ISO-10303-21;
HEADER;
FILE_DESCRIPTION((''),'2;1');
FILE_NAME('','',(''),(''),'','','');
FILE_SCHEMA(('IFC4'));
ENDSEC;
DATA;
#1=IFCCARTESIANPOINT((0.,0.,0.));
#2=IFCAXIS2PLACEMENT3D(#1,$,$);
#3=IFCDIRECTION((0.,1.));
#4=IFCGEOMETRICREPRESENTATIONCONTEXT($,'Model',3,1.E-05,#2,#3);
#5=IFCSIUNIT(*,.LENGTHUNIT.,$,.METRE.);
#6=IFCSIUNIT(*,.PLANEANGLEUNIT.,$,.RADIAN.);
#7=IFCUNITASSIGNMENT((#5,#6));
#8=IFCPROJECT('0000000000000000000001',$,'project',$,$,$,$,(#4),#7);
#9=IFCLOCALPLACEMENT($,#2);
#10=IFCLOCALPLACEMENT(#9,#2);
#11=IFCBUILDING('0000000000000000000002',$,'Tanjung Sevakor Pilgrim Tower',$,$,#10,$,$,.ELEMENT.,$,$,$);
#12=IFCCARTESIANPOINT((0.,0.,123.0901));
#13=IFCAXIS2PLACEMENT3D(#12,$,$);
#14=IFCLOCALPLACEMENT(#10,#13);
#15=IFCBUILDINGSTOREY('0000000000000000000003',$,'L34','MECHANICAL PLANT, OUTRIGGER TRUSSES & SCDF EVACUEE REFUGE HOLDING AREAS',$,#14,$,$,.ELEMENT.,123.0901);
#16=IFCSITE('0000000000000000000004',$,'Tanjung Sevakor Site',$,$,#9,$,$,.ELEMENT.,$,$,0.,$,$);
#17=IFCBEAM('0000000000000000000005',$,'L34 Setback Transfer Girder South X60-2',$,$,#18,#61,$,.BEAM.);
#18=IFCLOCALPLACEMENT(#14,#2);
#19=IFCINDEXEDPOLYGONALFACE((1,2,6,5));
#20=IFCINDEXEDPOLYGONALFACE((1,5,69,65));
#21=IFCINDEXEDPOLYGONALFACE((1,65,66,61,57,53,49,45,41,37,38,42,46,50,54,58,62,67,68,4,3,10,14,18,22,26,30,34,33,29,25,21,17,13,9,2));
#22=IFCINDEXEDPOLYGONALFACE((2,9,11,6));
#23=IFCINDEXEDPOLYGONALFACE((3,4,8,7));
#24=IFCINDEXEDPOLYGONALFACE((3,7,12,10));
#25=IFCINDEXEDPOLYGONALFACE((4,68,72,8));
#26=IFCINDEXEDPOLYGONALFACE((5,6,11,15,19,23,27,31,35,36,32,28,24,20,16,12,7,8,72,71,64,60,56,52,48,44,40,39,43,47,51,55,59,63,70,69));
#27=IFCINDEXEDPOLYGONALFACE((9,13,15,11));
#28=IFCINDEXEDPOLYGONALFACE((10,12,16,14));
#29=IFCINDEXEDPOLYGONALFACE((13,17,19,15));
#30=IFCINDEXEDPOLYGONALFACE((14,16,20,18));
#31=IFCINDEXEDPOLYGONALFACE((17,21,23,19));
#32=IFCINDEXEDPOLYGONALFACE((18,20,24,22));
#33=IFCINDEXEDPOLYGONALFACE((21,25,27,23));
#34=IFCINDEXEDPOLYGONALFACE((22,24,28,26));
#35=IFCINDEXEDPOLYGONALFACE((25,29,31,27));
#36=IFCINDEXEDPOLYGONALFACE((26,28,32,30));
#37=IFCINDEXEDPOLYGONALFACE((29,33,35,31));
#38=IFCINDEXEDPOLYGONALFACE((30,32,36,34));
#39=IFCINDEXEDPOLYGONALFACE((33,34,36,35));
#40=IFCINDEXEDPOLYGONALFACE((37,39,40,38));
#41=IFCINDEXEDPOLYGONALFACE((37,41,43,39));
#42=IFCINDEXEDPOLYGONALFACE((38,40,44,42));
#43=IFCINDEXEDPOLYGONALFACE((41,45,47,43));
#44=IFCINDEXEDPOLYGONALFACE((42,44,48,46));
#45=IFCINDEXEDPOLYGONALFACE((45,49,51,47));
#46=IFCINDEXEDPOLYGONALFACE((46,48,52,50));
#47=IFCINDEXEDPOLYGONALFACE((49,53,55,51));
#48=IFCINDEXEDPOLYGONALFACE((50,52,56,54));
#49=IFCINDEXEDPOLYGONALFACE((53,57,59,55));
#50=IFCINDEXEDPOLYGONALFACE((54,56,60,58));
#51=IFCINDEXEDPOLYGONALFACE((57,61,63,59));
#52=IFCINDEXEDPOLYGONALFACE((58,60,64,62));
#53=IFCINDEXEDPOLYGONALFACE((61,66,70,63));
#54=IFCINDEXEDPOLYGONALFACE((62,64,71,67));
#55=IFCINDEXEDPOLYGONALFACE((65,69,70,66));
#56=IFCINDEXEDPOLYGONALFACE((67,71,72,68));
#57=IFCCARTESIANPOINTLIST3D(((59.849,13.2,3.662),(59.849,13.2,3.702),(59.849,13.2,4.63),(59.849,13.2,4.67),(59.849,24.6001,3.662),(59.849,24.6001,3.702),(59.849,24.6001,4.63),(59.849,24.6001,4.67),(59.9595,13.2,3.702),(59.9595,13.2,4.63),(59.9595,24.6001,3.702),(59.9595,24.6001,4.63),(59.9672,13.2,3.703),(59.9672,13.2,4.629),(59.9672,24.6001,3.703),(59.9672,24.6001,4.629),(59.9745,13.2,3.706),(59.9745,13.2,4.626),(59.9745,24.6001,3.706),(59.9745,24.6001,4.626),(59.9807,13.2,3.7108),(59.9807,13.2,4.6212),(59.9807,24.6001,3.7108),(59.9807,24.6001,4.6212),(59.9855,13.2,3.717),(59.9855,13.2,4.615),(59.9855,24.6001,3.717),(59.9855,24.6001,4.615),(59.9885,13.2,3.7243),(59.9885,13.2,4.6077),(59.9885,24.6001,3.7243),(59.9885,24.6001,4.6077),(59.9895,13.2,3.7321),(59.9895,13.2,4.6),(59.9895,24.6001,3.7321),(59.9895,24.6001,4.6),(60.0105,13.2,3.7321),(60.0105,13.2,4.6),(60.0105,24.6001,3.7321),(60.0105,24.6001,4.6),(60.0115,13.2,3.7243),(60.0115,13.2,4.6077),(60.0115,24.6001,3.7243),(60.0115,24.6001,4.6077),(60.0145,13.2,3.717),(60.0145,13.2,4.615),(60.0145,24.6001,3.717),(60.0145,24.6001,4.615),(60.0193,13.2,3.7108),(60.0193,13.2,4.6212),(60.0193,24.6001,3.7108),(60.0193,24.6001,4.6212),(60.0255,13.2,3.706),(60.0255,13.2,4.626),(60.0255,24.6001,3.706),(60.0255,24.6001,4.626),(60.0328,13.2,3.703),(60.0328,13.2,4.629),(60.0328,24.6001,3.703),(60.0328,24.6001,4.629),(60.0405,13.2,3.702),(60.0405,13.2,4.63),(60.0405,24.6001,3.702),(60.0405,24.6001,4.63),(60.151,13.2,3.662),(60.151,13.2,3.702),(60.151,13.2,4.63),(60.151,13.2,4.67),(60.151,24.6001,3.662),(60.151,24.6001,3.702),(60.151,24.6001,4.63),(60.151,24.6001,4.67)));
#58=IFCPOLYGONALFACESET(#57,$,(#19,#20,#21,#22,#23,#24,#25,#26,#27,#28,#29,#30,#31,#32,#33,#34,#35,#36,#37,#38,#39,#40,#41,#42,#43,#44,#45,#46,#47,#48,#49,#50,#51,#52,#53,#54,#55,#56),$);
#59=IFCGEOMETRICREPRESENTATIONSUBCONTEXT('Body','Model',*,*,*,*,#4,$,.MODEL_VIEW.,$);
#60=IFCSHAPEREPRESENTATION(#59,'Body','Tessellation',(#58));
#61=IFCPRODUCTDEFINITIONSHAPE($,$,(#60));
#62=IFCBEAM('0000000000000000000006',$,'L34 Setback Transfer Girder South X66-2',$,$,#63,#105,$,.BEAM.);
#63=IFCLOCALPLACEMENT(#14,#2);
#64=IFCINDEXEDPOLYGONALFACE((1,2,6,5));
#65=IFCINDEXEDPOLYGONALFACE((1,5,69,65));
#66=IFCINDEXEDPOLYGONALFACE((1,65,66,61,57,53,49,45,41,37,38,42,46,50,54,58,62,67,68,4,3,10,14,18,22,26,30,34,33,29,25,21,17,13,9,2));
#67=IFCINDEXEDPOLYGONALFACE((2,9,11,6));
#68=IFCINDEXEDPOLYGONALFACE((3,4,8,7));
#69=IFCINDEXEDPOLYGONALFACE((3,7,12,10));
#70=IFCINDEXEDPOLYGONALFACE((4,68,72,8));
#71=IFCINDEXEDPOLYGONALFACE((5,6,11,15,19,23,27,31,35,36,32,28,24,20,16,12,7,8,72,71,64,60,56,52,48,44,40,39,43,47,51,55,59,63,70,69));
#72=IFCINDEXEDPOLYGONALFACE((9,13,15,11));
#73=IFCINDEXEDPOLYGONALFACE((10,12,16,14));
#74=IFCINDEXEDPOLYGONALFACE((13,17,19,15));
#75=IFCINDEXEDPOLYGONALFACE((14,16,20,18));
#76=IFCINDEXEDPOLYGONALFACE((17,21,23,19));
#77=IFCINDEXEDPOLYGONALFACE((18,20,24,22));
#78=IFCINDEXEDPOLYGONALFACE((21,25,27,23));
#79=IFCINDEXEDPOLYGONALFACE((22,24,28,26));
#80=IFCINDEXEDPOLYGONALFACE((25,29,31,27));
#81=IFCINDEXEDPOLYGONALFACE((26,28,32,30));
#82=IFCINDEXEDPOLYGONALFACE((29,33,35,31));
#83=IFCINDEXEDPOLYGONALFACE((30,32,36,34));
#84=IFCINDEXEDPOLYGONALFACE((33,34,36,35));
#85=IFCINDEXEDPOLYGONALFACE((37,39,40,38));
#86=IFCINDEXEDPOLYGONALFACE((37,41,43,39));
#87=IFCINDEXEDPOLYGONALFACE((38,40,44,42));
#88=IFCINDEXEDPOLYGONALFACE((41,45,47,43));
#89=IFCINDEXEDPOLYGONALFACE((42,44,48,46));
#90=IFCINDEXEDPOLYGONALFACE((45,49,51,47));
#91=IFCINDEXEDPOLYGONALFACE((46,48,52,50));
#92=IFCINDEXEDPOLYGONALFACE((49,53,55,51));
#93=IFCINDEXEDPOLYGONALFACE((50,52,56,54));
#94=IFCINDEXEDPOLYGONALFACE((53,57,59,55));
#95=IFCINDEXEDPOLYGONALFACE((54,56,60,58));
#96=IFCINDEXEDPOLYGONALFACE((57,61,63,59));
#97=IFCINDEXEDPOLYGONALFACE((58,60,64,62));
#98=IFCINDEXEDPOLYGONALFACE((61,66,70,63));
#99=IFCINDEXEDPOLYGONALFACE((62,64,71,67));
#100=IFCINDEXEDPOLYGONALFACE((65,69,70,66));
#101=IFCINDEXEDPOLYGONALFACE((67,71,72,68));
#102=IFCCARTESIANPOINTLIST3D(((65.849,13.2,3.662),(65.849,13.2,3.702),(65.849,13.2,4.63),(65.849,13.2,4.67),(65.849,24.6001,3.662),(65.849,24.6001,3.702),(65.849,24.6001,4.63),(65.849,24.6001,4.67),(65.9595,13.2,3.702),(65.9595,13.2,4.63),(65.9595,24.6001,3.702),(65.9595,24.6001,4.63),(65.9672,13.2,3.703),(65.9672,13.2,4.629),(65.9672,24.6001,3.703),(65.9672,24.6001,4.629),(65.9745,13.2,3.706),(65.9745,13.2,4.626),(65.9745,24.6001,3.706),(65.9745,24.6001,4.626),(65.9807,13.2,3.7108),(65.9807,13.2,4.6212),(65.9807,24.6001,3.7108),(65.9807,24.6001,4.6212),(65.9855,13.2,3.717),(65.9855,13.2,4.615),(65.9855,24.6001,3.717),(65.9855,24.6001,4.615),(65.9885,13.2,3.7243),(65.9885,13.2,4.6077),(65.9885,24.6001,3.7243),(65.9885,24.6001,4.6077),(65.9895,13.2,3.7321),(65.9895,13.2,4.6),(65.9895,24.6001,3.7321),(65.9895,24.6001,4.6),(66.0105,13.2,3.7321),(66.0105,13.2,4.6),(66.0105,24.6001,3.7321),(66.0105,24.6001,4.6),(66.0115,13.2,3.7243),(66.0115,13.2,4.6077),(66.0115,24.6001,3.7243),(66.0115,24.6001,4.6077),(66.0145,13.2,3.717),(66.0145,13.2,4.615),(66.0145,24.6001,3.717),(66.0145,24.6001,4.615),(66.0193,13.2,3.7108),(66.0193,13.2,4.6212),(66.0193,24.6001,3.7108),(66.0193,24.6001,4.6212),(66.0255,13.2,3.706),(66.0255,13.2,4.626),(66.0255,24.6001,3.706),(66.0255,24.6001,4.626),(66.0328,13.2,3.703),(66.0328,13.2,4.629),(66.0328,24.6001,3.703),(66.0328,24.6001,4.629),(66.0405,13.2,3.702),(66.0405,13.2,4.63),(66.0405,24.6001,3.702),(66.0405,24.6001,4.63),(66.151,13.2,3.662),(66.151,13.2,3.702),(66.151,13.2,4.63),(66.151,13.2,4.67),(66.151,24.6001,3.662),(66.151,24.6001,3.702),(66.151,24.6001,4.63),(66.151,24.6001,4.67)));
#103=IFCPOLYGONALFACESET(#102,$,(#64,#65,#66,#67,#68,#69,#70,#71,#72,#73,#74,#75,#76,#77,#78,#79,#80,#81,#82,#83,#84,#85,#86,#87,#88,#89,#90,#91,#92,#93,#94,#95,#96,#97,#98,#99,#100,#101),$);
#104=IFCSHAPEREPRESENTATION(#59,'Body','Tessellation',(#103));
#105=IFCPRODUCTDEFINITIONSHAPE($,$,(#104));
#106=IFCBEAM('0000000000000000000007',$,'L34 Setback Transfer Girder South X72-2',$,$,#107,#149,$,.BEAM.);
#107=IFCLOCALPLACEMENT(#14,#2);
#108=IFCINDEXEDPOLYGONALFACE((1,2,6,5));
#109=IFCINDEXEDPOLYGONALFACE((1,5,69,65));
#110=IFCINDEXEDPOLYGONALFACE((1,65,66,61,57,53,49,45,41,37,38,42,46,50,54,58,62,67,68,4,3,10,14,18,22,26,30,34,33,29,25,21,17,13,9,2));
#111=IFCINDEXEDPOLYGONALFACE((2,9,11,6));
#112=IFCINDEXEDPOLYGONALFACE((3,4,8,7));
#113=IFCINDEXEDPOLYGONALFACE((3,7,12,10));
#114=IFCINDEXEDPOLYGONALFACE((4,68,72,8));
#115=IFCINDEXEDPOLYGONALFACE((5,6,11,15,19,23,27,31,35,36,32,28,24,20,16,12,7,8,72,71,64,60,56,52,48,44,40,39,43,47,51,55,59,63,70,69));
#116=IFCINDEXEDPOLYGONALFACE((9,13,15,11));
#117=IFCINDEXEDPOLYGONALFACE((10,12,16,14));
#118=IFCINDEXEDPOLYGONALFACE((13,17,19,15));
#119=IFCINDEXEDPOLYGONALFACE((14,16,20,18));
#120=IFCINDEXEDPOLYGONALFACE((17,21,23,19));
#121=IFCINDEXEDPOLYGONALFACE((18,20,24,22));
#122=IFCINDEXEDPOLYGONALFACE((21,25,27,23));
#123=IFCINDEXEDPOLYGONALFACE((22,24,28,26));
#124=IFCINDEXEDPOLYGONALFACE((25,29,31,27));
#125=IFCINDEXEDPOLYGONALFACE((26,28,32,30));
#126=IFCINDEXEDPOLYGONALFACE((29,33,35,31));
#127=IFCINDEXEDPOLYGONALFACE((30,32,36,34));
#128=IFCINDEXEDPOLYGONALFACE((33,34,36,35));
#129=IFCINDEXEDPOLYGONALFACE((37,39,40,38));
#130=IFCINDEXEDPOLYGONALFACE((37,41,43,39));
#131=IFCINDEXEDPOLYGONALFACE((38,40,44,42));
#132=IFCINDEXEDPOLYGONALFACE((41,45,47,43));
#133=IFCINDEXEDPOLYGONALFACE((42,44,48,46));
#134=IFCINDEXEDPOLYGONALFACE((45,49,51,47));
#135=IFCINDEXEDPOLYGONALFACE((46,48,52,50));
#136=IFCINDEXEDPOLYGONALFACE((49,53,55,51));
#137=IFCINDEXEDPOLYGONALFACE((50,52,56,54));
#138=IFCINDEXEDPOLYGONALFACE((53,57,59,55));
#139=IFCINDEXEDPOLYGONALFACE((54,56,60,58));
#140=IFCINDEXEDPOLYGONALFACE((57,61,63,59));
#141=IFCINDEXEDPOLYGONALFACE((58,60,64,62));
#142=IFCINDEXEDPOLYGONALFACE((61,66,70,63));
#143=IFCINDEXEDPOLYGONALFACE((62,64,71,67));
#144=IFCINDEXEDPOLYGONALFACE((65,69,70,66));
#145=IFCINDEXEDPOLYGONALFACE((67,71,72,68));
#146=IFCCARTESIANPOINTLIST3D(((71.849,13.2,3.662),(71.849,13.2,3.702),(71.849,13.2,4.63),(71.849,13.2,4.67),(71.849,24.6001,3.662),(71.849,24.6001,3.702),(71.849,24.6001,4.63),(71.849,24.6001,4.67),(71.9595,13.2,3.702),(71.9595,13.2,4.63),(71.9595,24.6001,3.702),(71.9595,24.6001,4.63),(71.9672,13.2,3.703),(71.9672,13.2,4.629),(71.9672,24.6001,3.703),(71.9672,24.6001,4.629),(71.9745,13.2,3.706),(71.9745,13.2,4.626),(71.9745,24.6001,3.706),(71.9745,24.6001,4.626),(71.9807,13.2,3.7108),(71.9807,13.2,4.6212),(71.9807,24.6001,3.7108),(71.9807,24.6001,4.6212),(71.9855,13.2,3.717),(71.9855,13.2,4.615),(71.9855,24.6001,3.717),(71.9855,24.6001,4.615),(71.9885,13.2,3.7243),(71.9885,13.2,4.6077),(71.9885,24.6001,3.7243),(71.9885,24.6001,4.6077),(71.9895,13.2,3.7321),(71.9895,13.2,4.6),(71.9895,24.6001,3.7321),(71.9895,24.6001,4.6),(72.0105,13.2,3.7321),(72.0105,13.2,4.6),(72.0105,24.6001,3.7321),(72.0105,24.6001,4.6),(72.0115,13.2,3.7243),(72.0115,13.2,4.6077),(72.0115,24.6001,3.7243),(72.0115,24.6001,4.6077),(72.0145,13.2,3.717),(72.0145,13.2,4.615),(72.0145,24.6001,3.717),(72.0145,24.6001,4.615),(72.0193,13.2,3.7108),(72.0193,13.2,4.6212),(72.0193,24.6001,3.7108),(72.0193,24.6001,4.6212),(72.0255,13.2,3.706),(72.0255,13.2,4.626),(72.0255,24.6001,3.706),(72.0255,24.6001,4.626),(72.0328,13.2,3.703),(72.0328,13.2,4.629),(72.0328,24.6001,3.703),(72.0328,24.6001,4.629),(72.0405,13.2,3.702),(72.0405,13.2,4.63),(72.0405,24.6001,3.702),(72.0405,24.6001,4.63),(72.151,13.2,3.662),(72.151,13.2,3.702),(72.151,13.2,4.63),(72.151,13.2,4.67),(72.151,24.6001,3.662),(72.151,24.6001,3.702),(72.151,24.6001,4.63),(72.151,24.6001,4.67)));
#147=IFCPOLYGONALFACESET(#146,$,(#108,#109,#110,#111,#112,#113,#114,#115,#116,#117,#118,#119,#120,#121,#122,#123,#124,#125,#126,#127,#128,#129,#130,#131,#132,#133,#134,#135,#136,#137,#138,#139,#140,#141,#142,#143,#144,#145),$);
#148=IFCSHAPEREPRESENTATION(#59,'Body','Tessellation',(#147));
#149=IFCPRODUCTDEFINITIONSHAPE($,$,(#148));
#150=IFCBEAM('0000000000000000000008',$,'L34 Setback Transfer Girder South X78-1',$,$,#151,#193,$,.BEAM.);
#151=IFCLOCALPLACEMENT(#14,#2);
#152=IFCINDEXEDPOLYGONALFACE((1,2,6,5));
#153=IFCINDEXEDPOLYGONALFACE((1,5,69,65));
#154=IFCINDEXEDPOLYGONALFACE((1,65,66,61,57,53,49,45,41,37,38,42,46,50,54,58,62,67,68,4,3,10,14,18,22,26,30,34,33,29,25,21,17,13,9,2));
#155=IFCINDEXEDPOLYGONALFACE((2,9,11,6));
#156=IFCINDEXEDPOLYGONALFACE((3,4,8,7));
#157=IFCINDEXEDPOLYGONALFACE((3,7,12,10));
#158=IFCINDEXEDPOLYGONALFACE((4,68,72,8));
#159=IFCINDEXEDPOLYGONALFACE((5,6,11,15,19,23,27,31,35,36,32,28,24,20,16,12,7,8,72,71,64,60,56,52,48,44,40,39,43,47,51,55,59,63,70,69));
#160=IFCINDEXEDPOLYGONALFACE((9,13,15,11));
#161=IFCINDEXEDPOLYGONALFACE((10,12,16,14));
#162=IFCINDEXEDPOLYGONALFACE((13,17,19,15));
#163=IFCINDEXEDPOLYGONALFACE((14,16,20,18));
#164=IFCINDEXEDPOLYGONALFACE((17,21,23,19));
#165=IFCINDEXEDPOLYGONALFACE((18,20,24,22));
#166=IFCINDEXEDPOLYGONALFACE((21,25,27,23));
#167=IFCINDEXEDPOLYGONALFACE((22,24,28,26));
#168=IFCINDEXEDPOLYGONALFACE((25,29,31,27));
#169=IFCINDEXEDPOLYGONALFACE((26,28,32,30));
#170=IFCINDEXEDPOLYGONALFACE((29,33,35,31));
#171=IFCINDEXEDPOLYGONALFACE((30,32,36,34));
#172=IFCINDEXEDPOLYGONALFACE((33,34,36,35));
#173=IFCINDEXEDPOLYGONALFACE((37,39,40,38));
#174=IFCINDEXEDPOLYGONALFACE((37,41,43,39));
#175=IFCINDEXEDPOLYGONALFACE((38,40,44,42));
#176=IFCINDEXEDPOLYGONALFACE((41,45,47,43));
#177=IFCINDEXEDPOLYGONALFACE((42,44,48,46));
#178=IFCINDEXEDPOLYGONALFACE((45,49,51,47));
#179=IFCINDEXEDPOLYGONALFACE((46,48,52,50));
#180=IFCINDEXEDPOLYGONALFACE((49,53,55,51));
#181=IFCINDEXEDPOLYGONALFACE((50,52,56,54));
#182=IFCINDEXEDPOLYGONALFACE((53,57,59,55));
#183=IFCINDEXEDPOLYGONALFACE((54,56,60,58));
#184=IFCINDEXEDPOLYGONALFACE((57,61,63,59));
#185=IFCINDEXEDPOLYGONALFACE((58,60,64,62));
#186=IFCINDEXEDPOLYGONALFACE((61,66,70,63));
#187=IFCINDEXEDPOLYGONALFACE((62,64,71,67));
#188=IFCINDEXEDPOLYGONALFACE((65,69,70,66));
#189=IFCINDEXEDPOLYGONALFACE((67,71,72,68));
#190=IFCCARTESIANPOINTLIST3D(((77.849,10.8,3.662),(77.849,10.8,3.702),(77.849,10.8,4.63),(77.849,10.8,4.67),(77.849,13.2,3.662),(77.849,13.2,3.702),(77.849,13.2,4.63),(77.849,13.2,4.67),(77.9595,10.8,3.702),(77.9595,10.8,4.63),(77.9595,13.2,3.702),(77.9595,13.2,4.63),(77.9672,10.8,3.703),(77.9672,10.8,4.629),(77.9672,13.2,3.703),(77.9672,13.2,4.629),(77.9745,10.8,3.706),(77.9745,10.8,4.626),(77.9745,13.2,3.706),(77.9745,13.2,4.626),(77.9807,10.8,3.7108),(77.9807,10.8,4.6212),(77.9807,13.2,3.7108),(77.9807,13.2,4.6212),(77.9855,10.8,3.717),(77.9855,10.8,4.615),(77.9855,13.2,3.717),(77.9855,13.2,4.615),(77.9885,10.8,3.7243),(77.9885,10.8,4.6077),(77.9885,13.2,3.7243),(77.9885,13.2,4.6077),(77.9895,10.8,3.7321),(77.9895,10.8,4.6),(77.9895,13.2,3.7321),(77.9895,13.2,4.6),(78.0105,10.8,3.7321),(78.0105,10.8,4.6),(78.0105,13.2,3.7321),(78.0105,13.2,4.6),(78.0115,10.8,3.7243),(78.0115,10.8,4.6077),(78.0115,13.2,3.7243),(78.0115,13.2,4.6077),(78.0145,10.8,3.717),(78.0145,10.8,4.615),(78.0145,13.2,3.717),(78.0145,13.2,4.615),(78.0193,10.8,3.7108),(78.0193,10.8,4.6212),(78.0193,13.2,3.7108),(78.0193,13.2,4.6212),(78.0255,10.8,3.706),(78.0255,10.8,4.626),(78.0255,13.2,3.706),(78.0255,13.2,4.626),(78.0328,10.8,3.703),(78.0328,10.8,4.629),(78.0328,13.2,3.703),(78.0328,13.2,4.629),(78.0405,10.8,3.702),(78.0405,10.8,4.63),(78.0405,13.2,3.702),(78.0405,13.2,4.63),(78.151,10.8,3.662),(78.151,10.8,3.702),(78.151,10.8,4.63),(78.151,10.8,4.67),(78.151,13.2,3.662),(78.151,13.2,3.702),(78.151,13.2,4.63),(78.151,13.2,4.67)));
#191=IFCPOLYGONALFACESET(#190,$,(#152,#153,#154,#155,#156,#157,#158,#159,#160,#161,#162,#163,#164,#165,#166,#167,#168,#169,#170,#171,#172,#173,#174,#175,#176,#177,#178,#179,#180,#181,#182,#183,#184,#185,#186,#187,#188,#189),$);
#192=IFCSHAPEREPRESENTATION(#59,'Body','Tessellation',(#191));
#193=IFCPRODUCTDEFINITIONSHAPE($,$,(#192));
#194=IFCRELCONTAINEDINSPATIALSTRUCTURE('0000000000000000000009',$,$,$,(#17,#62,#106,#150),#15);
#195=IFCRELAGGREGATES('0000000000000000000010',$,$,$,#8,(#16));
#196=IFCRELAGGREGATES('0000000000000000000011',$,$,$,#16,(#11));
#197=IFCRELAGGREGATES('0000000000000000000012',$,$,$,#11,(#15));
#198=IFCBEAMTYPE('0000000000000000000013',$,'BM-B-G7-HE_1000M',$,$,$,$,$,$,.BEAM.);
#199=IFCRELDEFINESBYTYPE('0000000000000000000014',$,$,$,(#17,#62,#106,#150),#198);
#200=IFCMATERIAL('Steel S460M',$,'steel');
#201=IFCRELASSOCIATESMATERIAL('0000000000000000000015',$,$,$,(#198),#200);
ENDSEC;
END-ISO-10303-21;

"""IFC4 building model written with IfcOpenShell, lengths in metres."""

from ifc_helpers import new_model, si_unit, direction, frame, origin, origin_2d, place, context, subcontext, project, spatial, i_section, extrude, material, material_profile, profile_set, type_object, element, save


model = new_model("IFC4")

# Units and contexts
model_context = context("Model", 3, precision=1e-05, world=origin(), true_north=direction((0.0, 1.0)))
body_context = subcontext(model_context, "Body", "Model", "MODEL_VIEW")
ifc_project = project(units=[si_unit("LENGTHUNIT", "METRE"), si_unit("PLANEANGLEUNIT", "RADIAN")], contexts=[model_context])

# Site, building, storey
site_placement = place(None, origin())
site = spatial("IfcSite", under=ifc_project, at=site_placement, Name="Tanjung Sevakor Site", CompositionType="ELEMENT", RefElevation=0.0)
building_placement = place(site_placement, origin())
building = spatial("IfcBuilding", under=site, at=building_placement, Name="Tanjung Sevakor Pilgrim Tower", CompositionType="ELEMENT")
storey_placement = place(building_placement, frame((0.0, 0.0, 123.0901)))
storey = spatial("IfcBuildingStorey", under=building, at=storey_placement, Name="L34", Description="MECHANICAL PLANT, OUTRIGGER TRUSSES & SCDF EVACUEE REFUGE HOLDING AREAS", CompositionType="ELEMENT", Elevation=123.0901)

# Beams
ifc_material_1 = material(Name="Steel S460M", Category="steel")
ifc_material_profile_1 = material_profile(ifc_material_1, i_section(OverallWidth=0.302, OverallDepth=1.0081, WebThickness=0.021, FlangeThickness=0.04, FilletRadius=0.03, at=origin_2d()))
ifc_profile_set_1 = profile_set([ifc_material_profile_1], Name="Steel S460M")
beam_type_1 = type_object("IfcBeamType", Name="BM-B-G7-HE_1000M", PredefinedType="BEAM", material=ifc_profile_set_1)
for number, where, z_axis, x_axis, name in (
    (1, (60.0, 13.2, 4.166), (0.0, 1.0, 0.0), (-1.0, 0.0, 0.0), "L34 Setback Transfer Girder South X60-2"),
    (2, (66.0, 13.2, 4.166), (0.0, 1.0, 0.0), (-1.0, 0.0, 0.0), "L34 Setback Transfer Girder South X66-2"),
    (3, (72.0, 13.2, 4.166), (0.0, 1.0, 0.0), (-1.0, 0.0, 0.0), "L34 Setback Transfer Girder South X72-2"),
):
    element("IfcBeam", number, at=place(storey_placement, frame(where, z_axis=z_axis, x_axis=x_axis)), inside=storey, type_object=beam_type_1, Name=name, PredefinedType="BEAM", context=body_context, shape_type="SweptSolid", body=[
        extrude(i_section(OverallWidth=0.302, OverallDepth=1.0081, WebThickness=0.021, FlangeThickness=0.04, FilletRadius=0.03, at=origin_2d()), origin(), (0.0, 0.0, 1.0), 11.4001),
    ])
beam_1_placement = place(storey_placement, frame((78.0, 10.8, 4.166), z_axis=(0.0, 1.0, 0.0), x_axis=(-1.0, 0.0, 0.0)))
element("IfcBeam", 4, at=beam_1_placement, inside=storey, type_object=beam_type_1, Name="L34 Setback Transfer Girder South X78-1", PredefinedType="BEAM", context=body_context, shape_type="SweptSolid", body=[
    extrude(i_section(OverallWidth=0.302, OverallDepth=1.0081, WebThickness=0.021, FlangeThickness=0.04, FilletRadius=0.03, at=origin_2d()), origin(), (0.0, 0.0, 1.0), 2.3999),
])

save(model, "model.ifc")
